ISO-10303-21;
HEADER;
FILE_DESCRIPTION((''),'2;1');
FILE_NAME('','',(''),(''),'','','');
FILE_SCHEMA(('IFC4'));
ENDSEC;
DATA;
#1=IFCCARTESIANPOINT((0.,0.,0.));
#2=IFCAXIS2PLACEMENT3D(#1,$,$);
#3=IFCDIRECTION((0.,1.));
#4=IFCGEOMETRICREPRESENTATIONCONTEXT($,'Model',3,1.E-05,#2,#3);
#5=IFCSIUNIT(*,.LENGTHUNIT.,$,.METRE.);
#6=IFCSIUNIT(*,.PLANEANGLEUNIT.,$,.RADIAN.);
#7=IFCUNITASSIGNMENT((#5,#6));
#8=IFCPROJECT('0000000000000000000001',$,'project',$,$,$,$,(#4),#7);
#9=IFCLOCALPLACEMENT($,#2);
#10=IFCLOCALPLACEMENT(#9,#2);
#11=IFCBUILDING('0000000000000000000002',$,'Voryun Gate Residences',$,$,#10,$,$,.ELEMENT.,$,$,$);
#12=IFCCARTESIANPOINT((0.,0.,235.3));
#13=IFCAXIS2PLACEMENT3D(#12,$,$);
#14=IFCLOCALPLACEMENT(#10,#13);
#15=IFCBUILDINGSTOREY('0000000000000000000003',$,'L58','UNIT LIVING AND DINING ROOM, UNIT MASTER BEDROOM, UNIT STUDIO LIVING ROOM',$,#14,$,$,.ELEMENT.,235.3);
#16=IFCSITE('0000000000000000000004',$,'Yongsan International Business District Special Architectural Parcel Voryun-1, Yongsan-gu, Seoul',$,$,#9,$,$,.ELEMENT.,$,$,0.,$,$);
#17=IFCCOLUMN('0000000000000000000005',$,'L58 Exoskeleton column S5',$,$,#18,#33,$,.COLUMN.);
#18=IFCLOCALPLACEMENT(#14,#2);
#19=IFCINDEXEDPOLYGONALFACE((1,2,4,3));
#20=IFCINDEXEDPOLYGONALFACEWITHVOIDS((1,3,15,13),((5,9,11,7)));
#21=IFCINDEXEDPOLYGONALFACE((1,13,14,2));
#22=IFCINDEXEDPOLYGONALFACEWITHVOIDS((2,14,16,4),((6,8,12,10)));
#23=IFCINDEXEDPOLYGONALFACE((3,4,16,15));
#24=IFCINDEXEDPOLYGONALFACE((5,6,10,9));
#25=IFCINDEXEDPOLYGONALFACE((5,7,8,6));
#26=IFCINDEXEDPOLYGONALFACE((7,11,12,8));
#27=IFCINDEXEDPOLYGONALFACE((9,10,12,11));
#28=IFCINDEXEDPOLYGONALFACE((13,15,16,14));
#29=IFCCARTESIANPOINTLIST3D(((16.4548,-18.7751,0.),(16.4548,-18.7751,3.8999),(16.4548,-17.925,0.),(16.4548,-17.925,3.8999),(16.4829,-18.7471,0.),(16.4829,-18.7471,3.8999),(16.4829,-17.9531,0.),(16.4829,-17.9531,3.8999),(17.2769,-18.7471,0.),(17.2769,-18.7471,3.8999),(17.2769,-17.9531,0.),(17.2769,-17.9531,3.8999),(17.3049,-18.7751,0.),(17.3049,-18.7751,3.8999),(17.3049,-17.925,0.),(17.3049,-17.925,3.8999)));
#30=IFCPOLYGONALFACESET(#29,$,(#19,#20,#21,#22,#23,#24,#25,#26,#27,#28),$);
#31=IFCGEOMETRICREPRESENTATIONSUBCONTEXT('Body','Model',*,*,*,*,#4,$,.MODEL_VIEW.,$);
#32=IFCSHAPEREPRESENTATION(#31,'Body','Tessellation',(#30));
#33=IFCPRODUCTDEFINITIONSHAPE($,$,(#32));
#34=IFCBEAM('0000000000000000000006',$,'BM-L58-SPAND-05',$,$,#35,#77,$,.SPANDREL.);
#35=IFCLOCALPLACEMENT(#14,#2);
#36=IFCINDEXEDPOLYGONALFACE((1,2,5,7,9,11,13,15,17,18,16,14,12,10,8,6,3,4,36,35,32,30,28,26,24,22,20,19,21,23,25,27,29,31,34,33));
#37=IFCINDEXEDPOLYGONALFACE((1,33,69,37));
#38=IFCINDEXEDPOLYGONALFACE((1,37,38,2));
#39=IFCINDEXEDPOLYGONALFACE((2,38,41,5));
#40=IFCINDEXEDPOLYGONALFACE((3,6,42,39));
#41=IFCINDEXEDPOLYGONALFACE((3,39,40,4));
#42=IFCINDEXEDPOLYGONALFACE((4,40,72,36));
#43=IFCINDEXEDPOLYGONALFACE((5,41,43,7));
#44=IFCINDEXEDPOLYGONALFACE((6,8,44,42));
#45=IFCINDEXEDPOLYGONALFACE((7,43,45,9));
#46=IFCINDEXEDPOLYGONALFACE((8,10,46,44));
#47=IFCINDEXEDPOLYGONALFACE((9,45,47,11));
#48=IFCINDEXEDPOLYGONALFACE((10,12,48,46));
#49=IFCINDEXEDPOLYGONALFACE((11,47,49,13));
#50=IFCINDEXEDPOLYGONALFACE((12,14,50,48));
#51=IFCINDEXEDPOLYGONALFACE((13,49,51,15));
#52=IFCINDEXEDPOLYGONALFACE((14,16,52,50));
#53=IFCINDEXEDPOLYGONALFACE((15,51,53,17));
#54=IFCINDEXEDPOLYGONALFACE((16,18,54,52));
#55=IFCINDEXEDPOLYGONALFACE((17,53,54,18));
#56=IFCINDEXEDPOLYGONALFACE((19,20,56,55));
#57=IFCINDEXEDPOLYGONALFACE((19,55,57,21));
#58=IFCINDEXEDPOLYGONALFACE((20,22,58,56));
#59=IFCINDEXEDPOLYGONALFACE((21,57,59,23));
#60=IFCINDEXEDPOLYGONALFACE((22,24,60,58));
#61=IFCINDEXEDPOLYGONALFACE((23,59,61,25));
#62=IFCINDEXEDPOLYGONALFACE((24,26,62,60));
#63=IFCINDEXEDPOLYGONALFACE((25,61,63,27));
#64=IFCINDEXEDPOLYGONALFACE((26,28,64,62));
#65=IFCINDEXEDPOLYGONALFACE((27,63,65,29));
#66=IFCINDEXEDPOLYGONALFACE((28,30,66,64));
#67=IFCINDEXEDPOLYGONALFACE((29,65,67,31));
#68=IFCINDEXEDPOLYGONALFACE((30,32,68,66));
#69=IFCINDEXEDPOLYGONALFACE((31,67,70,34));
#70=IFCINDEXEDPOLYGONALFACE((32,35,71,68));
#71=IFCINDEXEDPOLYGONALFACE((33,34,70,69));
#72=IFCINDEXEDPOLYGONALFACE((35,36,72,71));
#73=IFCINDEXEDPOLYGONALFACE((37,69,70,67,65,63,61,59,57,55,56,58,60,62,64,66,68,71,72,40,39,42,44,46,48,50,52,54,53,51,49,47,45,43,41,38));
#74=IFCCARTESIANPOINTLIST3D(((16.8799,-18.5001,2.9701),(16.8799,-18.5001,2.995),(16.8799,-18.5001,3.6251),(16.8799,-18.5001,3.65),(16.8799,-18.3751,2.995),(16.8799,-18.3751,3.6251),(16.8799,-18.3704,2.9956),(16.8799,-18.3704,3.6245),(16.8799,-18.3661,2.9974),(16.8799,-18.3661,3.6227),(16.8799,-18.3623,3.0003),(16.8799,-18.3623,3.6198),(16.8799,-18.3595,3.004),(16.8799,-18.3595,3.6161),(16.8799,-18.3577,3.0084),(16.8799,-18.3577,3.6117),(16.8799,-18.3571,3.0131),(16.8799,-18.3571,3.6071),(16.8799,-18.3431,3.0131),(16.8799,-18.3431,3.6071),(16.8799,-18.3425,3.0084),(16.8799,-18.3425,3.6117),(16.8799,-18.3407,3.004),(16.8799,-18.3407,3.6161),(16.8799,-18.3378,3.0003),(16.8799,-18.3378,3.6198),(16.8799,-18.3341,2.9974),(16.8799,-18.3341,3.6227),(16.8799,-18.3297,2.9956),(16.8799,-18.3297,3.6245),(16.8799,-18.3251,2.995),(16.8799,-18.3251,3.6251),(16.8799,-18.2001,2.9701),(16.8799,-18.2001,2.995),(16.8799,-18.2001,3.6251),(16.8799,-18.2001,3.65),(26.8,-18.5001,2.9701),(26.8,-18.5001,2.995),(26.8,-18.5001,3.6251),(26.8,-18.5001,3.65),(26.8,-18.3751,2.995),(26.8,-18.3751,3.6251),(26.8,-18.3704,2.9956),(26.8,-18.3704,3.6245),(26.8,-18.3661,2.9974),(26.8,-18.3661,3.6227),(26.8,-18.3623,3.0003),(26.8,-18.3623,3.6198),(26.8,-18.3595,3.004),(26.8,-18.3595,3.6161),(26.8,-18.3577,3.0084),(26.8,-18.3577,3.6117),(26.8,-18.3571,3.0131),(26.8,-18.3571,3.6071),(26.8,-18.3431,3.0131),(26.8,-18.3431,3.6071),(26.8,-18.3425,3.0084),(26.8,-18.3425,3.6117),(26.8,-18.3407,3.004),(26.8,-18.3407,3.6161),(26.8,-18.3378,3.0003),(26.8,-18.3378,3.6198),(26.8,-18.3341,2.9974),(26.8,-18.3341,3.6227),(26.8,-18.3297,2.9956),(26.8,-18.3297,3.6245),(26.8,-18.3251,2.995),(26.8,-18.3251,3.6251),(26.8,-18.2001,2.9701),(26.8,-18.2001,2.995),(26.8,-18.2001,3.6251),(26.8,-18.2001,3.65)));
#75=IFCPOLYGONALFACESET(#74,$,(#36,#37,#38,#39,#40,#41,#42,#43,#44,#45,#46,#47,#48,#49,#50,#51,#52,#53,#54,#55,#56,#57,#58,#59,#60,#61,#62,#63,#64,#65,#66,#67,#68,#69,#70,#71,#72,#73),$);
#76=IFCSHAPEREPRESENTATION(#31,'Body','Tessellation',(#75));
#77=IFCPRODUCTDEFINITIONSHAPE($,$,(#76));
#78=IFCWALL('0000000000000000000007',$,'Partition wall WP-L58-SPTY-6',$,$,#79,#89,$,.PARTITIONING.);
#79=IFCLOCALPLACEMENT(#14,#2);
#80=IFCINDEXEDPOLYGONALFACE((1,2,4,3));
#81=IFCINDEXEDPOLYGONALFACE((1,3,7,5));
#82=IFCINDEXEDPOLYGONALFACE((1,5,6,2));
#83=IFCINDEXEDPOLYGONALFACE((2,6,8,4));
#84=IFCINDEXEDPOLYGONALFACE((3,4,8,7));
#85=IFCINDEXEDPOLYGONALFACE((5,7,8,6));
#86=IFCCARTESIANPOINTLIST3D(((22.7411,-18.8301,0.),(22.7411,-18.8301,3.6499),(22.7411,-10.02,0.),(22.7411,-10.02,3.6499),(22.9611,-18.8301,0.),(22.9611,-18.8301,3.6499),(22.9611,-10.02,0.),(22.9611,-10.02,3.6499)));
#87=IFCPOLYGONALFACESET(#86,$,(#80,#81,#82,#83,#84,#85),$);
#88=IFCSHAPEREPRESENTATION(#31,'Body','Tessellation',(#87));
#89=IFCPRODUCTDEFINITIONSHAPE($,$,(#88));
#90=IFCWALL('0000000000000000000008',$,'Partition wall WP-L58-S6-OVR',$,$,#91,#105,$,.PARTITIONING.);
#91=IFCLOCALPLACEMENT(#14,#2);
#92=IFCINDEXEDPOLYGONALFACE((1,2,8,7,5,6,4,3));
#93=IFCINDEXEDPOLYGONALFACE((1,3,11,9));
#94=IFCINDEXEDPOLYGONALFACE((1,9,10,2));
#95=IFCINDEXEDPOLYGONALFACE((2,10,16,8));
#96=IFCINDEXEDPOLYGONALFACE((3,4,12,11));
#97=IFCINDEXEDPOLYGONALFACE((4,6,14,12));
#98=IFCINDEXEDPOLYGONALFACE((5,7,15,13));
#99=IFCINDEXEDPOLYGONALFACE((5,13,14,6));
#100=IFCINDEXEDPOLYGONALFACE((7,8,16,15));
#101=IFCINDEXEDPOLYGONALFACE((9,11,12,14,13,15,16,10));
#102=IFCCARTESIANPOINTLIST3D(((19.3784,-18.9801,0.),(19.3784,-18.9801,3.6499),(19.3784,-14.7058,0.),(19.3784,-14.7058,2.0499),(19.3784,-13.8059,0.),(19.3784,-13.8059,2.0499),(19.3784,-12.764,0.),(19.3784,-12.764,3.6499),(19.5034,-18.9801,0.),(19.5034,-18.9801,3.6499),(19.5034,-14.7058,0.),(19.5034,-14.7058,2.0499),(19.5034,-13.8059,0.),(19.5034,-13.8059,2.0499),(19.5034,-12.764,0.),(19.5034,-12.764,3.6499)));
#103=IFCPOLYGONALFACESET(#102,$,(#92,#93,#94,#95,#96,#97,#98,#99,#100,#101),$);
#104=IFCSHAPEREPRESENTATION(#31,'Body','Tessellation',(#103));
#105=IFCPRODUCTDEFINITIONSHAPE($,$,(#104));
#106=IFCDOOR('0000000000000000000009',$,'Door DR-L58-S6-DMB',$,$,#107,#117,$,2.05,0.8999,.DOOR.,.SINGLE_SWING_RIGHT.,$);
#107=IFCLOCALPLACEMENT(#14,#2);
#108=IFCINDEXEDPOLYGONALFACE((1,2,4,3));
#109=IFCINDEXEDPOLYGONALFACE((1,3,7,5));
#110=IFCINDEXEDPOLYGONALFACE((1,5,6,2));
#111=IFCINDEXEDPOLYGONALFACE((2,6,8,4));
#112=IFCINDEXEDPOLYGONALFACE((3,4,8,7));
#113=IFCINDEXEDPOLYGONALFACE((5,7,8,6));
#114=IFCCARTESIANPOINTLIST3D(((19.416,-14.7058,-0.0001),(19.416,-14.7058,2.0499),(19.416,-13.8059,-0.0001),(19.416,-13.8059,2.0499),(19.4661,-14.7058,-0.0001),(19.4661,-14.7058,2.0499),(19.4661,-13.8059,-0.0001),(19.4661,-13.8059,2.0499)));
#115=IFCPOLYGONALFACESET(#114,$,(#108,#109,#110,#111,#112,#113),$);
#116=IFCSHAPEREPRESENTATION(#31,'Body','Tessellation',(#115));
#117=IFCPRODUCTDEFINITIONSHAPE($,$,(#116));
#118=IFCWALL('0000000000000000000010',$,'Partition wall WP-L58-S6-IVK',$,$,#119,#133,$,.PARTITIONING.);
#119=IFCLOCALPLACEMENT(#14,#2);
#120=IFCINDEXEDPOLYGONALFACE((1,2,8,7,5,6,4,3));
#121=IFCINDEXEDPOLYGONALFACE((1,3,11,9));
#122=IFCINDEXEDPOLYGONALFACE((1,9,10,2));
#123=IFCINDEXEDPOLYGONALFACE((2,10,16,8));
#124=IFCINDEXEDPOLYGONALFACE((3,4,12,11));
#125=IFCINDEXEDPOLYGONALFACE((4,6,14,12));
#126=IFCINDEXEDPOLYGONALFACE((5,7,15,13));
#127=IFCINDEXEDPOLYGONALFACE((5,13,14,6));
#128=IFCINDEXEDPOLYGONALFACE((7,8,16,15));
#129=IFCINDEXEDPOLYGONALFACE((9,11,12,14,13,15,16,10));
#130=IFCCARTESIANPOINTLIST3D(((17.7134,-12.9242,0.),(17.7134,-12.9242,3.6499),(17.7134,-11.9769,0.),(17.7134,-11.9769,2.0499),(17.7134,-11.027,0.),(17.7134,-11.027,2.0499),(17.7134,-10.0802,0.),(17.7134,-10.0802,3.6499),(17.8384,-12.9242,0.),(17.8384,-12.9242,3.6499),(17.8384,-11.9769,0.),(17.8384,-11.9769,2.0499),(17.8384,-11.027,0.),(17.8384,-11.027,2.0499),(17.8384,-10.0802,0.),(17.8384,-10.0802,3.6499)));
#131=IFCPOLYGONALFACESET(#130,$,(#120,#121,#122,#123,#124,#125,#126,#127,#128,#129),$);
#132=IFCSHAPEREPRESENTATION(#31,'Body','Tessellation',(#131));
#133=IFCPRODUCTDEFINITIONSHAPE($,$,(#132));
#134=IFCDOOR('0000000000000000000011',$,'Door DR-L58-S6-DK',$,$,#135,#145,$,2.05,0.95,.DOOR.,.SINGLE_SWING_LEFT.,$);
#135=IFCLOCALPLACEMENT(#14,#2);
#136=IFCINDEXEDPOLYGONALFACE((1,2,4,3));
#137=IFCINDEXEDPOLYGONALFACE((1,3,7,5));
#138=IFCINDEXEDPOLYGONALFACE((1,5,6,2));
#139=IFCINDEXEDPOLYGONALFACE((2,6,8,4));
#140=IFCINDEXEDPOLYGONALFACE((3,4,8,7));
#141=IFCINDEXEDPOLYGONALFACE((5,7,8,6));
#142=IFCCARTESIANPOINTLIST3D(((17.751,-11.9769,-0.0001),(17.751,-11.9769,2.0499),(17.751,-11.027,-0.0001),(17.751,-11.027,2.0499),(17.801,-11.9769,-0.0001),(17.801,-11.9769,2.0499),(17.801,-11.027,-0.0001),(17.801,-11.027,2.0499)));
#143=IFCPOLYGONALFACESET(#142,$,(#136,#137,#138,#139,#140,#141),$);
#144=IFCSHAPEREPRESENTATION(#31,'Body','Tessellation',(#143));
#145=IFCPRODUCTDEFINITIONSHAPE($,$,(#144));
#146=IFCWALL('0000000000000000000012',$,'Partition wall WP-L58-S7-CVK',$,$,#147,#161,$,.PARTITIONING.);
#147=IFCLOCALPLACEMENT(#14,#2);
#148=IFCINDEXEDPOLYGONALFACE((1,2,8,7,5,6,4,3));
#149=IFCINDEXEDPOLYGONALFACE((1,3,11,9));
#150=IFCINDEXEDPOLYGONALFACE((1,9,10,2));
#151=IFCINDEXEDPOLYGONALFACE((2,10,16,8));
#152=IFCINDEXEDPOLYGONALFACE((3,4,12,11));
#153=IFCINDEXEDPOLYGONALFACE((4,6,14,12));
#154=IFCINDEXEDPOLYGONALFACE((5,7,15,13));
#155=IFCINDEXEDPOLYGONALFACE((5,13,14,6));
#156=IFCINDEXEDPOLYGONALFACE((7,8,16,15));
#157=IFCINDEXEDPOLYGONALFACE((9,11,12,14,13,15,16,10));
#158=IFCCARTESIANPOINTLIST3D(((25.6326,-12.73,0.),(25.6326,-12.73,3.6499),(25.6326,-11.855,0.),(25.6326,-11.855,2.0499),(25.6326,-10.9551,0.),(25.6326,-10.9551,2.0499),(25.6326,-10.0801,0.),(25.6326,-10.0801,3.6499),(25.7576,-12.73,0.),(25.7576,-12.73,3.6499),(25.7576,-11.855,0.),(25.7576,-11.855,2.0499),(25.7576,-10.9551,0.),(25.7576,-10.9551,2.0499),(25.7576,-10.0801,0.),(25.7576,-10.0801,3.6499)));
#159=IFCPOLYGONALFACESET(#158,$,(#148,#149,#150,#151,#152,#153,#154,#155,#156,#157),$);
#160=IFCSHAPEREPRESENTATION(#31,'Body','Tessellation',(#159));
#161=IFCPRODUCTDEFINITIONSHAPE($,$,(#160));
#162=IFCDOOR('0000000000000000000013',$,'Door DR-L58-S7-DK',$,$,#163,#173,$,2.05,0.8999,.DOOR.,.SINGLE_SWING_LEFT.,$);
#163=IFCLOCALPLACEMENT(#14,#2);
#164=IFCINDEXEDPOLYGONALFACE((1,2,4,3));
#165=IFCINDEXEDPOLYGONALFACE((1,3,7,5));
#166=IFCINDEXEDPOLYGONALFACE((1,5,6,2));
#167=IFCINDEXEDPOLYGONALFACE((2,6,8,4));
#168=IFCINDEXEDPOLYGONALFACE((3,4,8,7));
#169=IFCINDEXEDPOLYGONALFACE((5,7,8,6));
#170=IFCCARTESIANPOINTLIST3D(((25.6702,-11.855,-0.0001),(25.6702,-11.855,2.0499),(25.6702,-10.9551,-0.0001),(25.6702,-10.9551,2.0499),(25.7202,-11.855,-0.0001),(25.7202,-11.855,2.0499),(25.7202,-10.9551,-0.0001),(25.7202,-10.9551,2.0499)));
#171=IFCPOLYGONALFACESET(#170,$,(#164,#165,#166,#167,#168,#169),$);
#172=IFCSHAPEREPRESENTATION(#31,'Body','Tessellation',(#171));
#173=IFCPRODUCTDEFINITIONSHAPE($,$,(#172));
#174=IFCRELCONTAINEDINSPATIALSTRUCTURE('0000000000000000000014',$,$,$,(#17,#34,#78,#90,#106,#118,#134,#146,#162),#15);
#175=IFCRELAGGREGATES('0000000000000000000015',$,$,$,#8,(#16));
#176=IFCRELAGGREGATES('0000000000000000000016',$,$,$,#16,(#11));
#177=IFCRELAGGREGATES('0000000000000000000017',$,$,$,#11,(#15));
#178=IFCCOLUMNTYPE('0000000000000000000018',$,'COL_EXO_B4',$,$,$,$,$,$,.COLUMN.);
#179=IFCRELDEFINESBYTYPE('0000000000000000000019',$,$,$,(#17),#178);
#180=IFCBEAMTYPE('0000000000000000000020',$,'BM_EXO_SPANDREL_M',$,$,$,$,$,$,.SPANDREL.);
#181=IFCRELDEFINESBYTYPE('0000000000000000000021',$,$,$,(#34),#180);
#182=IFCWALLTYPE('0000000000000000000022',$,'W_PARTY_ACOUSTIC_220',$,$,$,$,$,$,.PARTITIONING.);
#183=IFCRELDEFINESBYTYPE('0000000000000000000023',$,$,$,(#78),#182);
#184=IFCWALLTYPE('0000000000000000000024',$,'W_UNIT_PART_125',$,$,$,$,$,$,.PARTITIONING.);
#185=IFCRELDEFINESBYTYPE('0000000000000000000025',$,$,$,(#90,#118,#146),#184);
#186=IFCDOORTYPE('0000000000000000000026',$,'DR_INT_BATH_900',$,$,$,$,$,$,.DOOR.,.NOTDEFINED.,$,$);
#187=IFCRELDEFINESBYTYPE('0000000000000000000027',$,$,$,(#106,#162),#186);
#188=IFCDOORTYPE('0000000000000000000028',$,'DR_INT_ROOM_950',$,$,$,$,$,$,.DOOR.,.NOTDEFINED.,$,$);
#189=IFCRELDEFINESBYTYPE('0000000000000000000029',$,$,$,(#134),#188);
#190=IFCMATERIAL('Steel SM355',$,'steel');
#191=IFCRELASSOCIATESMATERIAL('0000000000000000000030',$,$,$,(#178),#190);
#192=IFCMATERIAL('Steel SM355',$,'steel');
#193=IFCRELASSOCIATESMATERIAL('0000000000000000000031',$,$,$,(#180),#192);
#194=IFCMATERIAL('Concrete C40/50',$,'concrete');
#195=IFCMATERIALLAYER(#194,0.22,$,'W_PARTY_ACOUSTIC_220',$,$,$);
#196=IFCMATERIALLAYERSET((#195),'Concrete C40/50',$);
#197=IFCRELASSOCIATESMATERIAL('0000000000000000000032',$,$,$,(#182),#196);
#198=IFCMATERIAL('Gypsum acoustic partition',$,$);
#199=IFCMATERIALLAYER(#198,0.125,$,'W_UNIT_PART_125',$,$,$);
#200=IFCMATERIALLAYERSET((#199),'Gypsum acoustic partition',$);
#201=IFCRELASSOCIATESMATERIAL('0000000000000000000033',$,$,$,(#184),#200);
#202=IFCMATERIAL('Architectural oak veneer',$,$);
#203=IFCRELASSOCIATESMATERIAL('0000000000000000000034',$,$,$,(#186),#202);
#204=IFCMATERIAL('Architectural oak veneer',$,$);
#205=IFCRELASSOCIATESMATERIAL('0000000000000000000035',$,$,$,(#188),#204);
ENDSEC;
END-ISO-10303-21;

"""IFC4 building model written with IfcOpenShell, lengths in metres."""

from ifc_helpers import new_model, si_unit, direction, frame, frame_2d, origin, origin_2d, place, context, subcontext, project, spatial, rectangle, hollow_rectangle, i_section, extrude, material, layer, layer_set, material_profile, profile_set, type_object, element, fill, save


model = new_model("IFC4")

# Units and contexts
model_context = context("Model", 3, precision=1e-05, world=origin(), true_north=direction((0.0, 1.0)))
body_context = subcontext(model_context, "Body", "Model", "MODEL_VIEW")
ifc_project = project(units=[si_unit("LENGTHUNIT", "METRE"), si_unit("PLANEANGLEUNIT", "RADIAN")], contexts=[model_context])

# Site, building, storey
site_placement = place(None, origin())
site = spatial("IfcSite", under=ifc_project, at=site_placement, Name="Yongsan International Business District Special Architectural Parcel Voryun-1, Yongsan-gu, Seoul", CompositionType="ELEMENT", RefElevation=0.0)
building_placement = place(site_placement, origin())
building = spatial("IfcBuilding", under=site, at=building_placement, Name="Voryun Gate Residences", CompositionType="ELEMENT")
storey_placement = place(building_placement, frame((0.0, 0.0, 235.3)))
storey = spatial("IfcBuildingStorey", under=building, at=storey_placement, Name="L58", Description="UNIT LIVING AND DINING ROOM, UNIT MASTER BEDROOM, UNIT STUDIO LIVING ROOM", CompositionType="ELEMENT", Elevation=235.3)

# Column
ifc_material_1 = material(Name="Steel SM355", Category="steel")
ifc_material_profile_1 = material_profile(ifc_material_1, hollow_rectangle(XDim=0.8501, YDim=0.8501, WallThickness=0.0281, at=origin_2d()), Name="BOX-850x850x28")
ifc_profile_set_1 = profile_set([ifc_material_profile_1], Name="Steel SM355")
column_type = type_object("IfcColumnType", Name="COL_EXO_B4", PredefinedType="COLUMN", material=ifc_profile_set_1)
column_placement = place(storey_placement, frame((16.8799, -18.3501, 0.0), z_axis=(0.0, 0.0, 1.0), x_axis=(1.0, 0.0, 0.0)))
element("IfcColumn", 1, at=column_placement, inside=storey, type_object=column_type, Name="L58 Exoskeleton column S5", PredefinedType="COLUMN", context=body_context, shape_type="SweptSolid", body=[
    extrude(hollow_rectangle(XDim=0.8501, YDim=0.8501, WallThickness=0.0281, at=origin_2d()), origin(), (0.0, 0.0, 1.0), 3.8999),
])

# Beam
ifc_material_2 = material(Name="Steel SM355", Category="steel")
ifc_material_profile_2 = material_profile(ifc_material_2, i_section(OverallWidth=0.3, OverallDepth=0.6799, WebThickness=0.0139, FlangeThickness=0.0249, FilletRadius=0.0181, at=origin_2d()), Name="H-680x300x14x25")
ifc_profile_set_2 = profile_set([ifc_material_profile_2], Name="Steel SM355")
beam_type = type_object("IfcBeamType", Name="BM_EXO_SPANDREL_M", PredefinedType="SPANDREL", material=ifc_profile_set_2)
beam_placement = place(storey_placement, frame((16.8799, -18.3501, 3.3101), z_axis=(1.0, 0.0, 0.0), x_axis=(0.0, 1.0, 0.0)))
element("IfcBeam", 2, at=beam_placement, inside=storey, type_object=beam_type, Name="BM-L58-SPAND-05", PredefinedType="SPANDREL", context=body_context, shape_type="SweptSolid", body=[
    extrude(i_section(OverallWidth=0.3, OverallDepth=0.6799, WebThickness=0.0139, FlangeThickness=0.0249, FilletRadius=0.0181, at=origin_2d()), origin(), (0.0, 0.0, 1.0), 9.9202),
])

# Wall
ifc_material_3 = material(Name="Concrete C40/50", Category="concrete")
ifc_layer_1 = layer(ifc_material_3, 0.22, Name="W_PARTY_ACOUSTIC_220")
ifc_layer_set_1 = layer_set([ifc_layer_1], Name="Concrete C40/50")
wall_type_1 = type_object("IfcWallType", Name="W_PARTY_ACOUSTIC_220", PredefinedType="PARTITIONING", material=ifc_layer_set_1)
wall_1_placement = place(storey_placement, frame((22.8511, -18.8301, 0.0), z_axis=(0.0, 0.0, 1.0), x_axis=(0.0, 1.0, 0.0)))
element("IfcWall", 3, at=wall_1_placement, inside=storey, type_object=wall_type_1, Name="Partition wall WP-L58-SPTY-6", PredefinedType="PARTITIONING", context=body_context, shape_type="SweptSolid", body=[
    extrude(rectangle(XDim=8.8101, YDim=0.22, at=frame_2d((4.405, 0.0))), origin(), (0.0, 0.0, 1.0), 3.6499),
])

# Walls, openings, doors
ifc_material_4 = material(Name="Gypsum acoustic partition")
ifc_layer_2 = layer(ifc_material_4, 0.125, Name="W_UNIT_PART_125")
ifc_layer_set_2 = layer_set([ifc_layer_2], Name="Gypsum acoustic partition")
wall_type_2 = type_object("IfcWallType", Name="W_UNIT_PART_125", PredefinedType="PARTITIONING", material=ifc_layer_set_2)
wall_2_placement = place(storey_placement, frame((19.4409, -18.98, 0.0), z_axis=(0.0, 0.0, 1.0), x_axis=(0.0, 1.0, 0.0)))
wall_2 = element("IfcWall", 4, at=wall_2_placement, inside=storey, type_object=wall_type_2, Name="Partition wall WP-L58-S6-OVR", PredefinedType="PARTITIONING", context=body_context, shape_type="SweptSolid", body=[
    extrude(rectangle(XDim=6.2161, YDim=0.125, at=frame_2d((3.1079, 0.0))), origin(), (0.0, 0.0, 1.0), 3.6499),
])
opening_1_placement = place(wall_2_placement, frame((4.2742, 0.0, 0.0)))
opening_1 = element("IfcOpeningElement", 5, at=opening_1_placement, cuts=wall_2, PredefinedType="OPENING", context=body_context, shape_type="SweptSolid", body=[
    extrude(rectangle(XDim=0.8999, YDim=2.05, at=frame_2d((0.45, 1.0249))), frame((0.0, 0.0725, 0.0), z_axis=(0.0, -1.0, 0.0), x_axis=(1.0, 0.0, 0.0)), (0.0, 0.0, 1.0), 0.145),
])
ifc_material_5 = material(Name="Architectural oak veneer")
door_type_1 = type_object("IfcDoorType", Name="DR_INT_BATH_900", OperationType="NOTDEFINED", PredefinedType="DOOR", material=ifc_material_5)
door_1_placement = place(opening_1_placement, origin())
door_1 = element("IfcDoor", 6, at=door_1_placement, inside=storey, type_object=door_type_1, Name="Door DR-L58-S6-DMB", OperationType="SINGLE_SWING_RIGHT", OverallHeight=2.05, OverallWidth=0.8999, PredefinedType="DOOR", context=body_context, shape_type="SweptSolid", body=[
    extrude(rectangle(XDim=0.8999, YDim=2.05, at=frame_2d((0.45, 1.0249))), frame((0.0, 0.0249, 0.0), z_axis=(0.0, -1.0, 0.0), x_axis=(1.0, 0.0, 0.0)), (0.0, 0.0, 1.0), 0.05),
])
fill(opening_1, door_1)
wall_3_placement = place(storey_placement, frame((17.7759, -12.9241, 0.0), z_axis=(0.0, 0.0, 1.0), x_axis=(0.0, 1.0, 0.0)))
wall_3 = element("IfcWall", 7, at=wall_3_placement, inside=storey, type_object=wall_type_2, Name="Partition wall WP-L58-S6-IVK", PredefinedType="PARTITIONING", context=body_context, shape_type="SweptSolid", body=[
    extrude(rectangle(XDim=2.844, YDim=0.125, at=frame_2d((1.4219, 0.0))), origin(), (0.0, 0.0, 1.0), 3.6499),
])
opening_2_placement = place(wall_3_placement, frame((0.947, 0.0, 0.0)))
opening_2 = element("IfcOpeningElement", 8, at=opening_2_placement, cuts=wall_3, PredefinedType="OPENING", context=body_context, shape_type="SweptSolid", body=[
    extrude(rectangle(XDim=0.95, YDim=2.05, at=frame_2d((0.4751, 1.0249))), frame((0.0, 0.0725, 0.0), z_axis=(0.0, -1.0, 0.0), x_axis=(1.0, 0.0, 0.0)), (0.0, 0.0, 1.0), 0.145),
])
ifc_material_6 = material(Name="Architectural oak veneer")
door_type_2 = type_object("IfcDoorType", Name="DR_INT_ROOM_950", OperationType="NOTDEFINED", PredefinedType="DOOR", material=ifc_material_6)
door_2_placement = place(opening_2_placement, origin())
door_2 = element("IfcDoor", 9, at=door_2_placement, inside=storey, type_object=door_type_2, Name="Door DR-L58-S6-DK", OperationType="SINGLE_SWING_LEFT", OverallHeight=2.05, OverallWidth=0.95, PredefinedType="DOOR", context=body_context, shape_type="SweptSolid", body=[
    extrude(rectangle(XDim=0.95, YDim=2.05, at=frame_2d((0.4751, 1.0249))), frame((0.0, 0.0249, 0.0), z_axis=(0.0, -1.0, 0.0), x_axis=(1.0, 0.0, 0.0)), (0.0, 0.0, 1.0), 0.05),
])
fill(opening_2, door_2)
wall_4_placement = place(storey_placement, frame((25.6951, -12.73, 0.0), z_axis=(0.0, 0.0, 1.0), x_axis=(0.0, 1.0, 0.0)))
wall_4 = element("IfcWall", 10, at=wall_4_placement, inside=storey, type_object=wall_type_2, Name="Partition wall WP-L58-S7-CVK", PredefinedType="PARTITIONING", context=body_context, shape_type="SweptSolid", body=[
    extrude(rectangle(XDim=2.6499, YDim=0.125, at=frame_2d((1.325, 0.0))), origin(), (0.0, 0.0, 1.0), 3.6499),
])
opening_3_placement = place(wall_4_placement, frame((0.875, 0.0, 0.0)))
opening_3 = element("IfcOpeningElement", 11, at=opening_3_placement, cuts=wall_4, PredefinedType="OPENING", context=body_context, shape_type="SweptSolid", body=[
    extrude(rectangle(XDim=0.8999, YDim=2.05, at=frame_2d((0.45, 1.0249))), frame((0.0, 0.0725, 0.0), z_axis=(0.0, -1.0, 0.0), x_axis=(1.0, 0.0, 0.0)), (0.0, 0.0, 1.0), 0.145),
])
door_3_placement = place(opening_3_placement, origin())
door_3 = element("IfcDoor", 12, at=door_3_placement, inside=storey, type_object=door_type_1, Name="Door DR-L58-S7-DK", OperationType="SINGLE_SWING_LEFT", OverallHeight=2.05, OverallWidth=0.8999, PredefinedType="DOOR", context=body_context, shape_type="SweptSolid", body=[
    extrude(rectangle(XDim=0.8999, YDim=2.05, at=frame_2d((0.45, 1.0249))), frame((0.0, 0.0249, 0.0), z_axis=(0.0, -1.0, 0.0), x_axis=(1.0, 0.0, 0.0)), (0.0, 0.0, 1.0), 0.05),
])
fill(opening_3, door_3)

save(model, "model.ifc")
